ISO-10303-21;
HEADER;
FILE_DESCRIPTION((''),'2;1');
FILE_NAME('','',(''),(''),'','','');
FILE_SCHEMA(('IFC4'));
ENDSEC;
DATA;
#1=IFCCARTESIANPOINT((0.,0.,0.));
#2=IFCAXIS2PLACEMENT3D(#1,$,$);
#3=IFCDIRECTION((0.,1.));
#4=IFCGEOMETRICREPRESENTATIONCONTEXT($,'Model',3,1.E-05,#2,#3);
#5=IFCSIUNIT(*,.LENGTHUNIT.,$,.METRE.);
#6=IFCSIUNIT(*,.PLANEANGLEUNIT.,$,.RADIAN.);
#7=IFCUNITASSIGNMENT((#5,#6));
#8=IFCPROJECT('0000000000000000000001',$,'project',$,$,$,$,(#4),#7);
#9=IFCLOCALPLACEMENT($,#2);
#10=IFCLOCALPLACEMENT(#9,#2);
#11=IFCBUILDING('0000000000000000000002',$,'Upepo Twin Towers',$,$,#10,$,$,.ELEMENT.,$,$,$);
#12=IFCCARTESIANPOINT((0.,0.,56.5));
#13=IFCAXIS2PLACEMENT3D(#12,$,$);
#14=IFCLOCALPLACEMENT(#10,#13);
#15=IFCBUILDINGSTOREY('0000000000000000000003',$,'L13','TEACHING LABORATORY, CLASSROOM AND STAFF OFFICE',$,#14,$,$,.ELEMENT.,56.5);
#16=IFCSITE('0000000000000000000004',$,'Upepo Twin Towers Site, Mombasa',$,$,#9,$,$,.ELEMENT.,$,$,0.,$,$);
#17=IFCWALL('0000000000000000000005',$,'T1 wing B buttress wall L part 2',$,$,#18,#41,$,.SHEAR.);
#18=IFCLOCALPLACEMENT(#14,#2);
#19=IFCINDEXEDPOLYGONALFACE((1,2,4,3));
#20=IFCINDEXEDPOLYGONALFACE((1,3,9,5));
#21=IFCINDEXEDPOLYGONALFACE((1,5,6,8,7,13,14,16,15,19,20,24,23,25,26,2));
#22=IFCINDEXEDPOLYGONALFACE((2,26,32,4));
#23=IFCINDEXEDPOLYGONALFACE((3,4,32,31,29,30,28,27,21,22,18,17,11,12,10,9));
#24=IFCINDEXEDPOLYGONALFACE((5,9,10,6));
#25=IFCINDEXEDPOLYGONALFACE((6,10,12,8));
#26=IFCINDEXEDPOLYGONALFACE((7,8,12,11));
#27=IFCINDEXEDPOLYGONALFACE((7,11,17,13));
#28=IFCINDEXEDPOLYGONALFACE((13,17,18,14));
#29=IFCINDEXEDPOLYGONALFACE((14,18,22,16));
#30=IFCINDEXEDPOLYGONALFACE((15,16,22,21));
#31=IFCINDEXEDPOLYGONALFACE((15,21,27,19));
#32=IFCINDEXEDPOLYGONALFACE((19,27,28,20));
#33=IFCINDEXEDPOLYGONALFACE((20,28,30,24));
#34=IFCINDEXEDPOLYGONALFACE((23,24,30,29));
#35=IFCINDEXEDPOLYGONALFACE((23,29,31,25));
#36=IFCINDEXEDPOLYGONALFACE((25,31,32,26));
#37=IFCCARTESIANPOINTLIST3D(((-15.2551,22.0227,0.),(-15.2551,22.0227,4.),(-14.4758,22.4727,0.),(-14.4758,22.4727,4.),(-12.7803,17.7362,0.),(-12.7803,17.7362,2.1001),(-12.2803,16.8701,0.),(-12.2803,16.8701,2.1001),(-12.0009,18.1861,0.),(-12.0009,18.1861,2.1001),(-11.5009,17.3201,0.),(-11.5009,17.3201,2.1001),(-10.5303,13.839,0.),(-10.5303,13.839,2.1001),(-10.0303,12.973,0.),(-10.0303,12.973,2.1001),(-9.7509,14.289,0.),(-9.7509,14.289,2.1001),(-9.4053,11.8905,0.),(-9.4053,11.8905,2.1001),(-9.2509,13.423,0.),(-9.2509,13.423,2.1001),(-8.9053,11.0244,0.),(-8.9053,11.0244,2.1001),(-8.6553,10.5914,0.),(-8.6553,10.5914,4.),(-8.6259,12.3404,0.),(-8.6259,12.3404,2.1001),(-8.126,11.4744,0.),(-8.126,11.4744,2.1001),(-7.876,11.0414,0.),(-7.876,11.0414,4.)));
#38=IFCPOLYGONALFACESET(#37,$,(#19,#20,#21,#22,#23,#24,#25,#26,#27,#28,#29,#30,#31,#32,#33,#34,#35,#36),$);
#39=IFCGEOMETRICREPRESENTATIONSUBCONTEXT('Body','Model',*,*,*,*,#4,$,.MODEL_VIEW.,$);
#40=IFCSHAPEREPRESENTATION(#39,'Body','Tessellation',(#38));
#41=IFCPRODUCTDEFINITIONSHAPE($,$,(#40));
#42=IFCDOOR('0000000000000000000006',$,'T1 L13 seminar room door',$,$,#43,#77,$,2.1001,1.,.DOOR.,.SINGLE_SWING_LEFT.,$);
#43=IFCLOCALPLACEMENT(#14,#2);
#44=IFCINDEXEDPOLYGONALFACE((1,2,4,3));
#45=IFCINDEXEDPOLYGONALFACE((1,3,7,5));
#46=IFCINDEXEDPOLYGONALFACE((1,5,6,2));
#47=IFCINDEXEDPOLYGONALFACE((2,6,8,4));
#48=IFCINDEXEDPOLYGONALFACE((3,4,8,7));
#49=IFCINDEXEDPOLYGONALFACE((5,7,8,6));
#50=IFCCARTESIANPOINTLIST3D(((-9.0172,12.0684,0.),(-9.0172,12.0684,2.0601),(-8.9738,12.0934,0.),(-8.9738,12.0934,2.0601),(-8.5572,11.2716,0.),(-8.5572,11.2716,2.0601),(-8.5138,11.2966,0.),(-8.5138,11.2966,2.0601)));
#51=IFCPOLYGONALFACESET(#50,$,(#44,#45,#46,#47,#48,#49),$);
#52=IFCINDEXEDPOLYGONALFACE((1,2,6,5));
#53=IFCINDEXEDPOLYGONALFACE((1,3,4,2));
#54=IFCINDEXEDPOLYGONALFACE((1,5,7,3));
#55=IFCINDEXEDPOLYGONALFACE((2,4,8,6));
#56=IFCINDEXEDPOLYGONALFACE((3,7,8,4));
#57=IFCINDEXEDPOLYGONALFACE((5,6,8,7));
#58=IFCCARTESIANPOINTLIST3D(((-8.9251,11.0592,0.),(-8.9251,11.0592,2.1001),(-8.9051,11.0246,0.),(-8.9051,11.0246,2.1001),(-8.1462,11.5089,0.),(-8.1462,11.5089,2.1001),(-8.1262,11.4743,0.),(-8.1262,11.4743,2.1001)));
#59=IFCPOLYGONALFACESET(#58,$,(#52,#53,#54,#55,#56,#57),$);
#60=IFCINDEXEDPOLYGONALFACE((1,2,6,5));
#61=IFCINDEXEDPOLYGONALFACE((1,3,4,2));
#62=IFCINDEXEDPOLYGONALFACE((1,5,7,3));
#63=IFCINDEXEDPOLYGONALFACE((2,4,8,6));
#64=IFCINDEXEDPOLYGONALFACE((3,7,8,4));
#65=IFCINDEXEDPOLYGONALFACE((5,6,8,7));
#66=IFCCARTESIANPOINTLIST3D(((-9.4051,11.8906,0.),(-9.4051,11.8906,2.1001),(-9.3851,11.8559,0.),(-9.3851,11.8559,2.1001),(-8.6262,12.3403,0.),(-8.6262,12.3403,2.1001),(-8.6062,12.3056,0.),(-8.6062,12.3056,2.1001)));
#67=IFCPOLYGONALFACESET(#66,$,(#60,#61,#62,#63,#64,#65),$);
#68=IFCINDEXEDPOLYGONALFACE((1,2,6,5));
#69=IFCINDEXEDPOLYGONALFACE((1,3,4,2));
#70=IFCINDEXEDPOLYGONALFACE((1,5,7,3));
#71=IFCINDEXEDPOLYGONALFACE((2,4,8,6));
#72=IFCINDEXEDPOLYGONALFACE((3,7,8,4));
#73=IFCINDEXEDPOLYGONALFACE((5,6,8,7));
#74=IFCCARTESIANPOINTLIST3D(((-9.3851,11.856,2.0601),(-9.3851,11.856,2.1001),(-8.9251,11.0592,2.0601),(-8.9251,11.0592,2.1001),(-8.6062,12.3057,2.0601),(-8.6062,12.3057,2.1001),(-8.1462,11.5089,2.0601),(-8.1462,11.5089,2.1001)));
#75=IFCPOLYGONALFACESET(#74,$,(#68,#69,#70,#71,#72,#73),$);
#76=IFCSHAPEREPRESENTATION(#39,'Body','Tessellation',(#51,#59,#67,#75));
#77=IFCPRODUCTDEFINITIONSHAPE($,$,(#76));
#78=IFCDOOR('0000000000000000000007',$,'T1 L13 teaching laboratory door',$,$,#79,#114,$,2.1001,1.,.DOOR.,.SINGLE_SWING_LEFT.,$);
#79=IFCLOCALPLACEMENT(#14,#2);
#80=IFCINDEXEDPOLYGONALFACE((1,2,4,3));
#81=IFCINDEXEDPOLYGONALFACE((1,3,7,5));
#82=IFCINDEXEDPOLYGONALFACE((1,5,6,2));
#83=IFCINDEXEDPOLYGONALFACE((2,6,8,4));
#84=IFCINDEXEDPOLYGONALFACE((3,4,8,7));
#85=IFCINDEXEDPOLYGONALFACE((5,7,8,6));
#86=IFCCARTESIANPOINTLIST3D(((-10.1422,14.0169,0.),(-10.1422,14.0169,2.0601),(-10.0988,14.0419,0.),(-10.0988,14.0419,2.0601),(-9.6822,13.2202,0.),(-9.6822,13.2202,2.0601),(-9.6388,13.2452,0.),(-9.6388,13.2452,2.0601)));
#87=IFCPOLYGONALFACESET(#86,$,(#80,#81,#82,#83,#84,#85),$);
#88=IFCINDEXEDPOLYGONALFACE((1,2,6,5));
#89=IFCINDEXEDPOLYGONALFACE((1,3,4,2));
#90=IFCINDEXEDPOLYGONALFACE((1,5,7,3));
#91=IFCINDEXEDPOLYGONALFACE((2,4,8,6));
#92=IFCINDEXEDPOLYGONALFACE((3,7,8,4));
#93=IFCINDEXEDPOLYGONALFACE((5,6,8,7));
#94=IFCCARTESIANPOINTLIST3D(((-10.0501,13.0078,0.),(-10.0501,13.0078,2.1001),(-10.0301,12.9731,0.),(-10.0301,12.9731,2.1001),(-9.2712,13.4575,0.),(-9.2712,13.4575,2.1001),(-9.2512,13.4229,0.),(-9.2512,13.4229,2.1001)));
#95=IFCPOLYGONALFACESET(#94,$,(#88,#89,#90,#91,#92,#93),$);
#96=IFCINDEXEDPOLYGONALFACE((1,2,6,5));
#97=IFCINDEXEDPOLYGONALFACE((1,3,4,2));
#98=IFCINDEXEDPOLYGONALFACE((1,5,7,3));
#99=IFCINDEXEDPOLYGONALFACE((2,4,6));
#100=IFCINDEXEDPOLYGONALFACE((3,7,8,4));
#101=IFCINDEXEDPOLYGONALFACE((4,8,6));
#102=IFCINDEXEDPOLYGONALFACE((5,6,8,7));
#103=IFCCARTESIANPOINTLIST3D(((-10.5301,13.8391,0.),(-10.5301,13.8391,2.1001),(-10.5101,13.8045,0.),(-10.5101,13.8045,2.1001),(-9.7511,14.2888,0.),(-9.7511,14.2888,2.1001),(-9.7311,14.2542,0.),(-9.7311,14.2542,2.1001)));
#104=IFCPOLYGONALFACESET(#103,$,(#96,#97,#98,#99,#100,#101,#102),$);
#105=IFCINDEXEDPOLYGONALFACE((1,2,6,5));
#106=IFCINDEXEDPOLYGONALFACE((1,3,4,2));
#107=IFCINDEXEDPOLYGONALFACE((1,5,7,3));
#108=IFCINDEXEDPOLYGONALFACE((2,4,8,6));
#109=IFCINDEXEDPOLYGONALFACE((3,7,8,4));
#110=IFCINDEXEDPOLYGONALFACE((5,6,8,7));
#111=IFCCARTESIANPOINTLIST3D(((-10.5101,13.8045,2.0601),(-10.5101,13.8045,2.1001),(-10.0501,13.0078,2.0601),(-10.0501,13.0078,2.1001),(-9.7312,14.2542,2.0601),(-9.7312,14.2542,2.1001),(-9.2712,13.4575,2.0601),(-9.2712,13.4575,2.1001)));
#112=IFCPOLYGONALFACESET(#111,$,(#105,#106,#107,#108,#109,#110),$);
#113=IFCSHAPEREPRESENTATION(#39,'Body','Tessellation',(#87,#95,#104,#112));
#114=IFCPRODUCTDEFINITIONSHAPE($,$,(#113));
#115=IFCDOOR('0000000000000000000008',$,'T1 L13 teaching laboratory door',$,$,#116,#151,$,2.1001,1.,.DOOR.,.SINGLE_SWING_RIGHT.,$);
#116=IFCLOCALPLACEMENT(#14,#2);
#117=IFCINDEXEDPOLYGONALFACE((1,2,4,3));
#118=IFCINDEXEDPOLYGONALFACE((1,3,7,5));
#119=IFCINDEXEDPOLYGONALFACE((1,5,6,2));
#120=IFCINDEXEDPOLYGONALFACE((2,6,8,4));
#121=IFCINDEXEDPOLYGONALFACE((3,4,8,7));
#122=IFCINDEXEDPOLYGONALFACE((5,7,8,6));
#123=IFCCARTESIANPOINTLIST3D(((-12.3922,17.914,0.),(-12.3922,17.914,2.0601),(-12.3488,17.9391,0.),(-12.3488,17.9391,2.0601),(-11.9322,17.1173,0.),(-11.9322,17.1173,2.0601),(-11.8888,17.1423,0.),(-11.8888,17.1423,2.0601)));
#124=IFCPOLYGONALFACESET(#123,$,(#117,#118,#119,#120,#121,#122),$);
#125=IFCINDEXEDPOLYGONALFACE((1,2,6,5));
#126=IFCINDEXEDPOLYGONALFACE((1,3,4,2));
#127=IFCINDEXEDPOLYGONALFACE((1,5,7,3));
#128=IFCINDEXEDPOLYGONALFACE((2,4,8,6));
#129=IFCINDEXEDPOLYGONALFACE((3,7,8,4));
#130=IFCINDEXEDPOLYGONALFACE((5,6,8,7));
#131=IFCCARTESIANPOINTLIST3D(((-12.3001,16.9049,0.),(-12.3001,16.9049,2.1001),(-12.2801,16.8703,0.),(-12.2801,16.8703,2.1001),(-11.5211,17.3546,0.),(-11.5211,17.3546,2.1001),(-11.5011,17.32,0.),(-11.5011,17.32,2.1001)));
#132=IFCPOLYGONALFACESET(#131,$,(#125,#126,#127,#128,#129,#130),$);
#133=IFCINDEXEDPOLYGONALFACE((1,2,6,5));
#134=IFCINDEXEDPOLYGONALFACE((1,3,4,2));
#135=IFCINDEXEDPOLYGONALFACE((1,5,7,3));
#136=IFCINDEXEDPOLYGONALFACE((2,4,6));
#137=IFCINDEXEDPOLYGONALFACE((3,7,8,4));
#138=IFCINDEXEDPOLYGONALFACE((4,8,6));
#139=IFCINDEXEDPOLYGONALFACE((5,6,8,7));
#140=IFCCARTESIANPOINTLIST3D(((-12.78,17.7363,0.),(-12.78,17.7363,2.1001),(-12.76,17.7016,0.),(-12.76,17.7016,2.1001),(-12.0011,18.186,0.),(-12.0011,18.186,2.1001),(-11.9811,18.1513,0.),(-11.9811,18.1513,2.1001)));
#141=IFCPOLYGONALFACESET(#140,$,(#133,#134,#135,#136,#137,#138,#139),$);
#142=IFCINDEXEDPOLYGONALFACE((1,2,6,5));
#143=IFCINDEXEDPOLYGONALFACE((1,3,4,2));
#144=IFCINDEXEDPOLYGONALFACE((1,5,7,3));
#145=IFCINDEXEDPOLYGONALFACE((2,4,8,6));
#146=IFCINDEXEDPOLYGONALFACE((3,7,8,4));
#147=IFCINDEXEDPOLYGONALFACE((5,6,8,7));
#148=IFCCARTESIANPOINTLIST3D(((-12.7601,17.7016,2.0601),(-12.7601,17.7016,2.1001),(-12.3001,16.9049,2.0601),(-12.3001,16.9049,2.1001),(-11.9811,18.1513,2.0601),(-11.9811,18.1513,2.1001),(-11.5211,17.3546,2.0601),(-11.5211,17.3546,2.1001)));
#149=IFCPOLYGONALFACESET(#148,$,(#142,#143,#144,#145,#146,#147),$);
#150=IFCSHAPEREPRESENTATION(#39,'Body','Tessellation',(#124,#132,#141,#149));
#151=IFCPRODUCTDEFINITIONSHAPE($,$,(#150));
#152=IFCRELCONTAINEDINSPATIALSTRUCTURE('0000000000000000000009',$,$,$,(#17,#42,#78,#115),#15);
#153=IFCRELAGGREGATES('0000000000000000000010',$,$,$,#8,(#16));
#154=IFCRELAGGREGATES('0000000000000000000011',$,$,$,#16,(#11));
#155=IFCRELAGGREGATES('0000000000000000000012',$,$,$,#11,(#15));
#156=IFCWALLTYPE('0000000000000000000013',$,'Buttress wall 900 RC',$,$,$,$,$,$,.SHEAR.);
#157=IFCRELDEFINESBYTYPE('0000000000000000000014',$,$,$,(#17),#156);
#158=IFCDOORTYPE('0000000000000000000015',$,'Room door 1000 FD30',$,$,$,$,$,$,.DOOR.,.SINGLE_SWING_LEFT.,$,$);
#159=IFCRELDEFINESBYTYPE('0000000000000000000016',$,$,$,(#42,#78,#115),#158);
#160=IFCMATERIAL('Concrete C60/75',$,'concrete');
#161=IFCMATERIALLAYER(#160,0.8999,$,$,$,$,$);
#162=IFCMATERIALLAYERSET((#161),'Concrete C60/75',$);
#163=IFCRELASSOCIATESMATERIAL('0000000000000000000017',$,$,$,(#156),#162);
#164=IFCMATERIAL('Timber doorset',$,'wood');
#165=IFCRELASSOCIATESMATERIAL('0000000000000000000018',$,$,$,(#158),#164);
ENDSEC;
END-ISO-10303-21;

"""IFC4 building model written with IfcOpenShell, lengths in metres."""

from ifc_helpers import new_model, si_unit, direction, frame, frame_2d, origin, place, context, subcontext, project, spatial, rectangle, extrude, material, layer, layer_set, type_object, element, fill, save


model = new_model("IFC4")

# Units and contexts
model_context = context("Model", 3, precision=1e-05, world=origin(), true_north=direction((0.0, 1.0)))
body_context = subcontext(model_context, "Body", "Model", "MODEL_VIEW")
ifc_project = project(units=[si_unit("LENGTHUNIT", "METRE"), si_unit("PLANEANGLEUNIT", "RADIAN")], contexts=[model_context])

# Site, building, storey
site_placement = place(None, origin())
site = spatial("IfcSite", under=ifc_project, at=site_placement, Name="Upepo Twin Towers Site, Mombasa", CompositionType="ELEMENT", RefElevation=0.0)
building_placement = place(site_placement, origin())
building = spatial("IfcBuilding", under=site, at=building_placement, Name="Upepo Twin Towers", CompositionType="ELEMENT")
storey_placement = place(building_placement, frame((0.0, 0.0, 56.5)))
storey = spatial("IfcBuildingStorey", under=building, at=storey_placement, Name="L13", Description="TEACHING LABORATORY, CLASSROOM AND STAFF OFFICE", CompositionType="ELEMENT", Elevation=56.5)

# Wall, openings, doors
ifc_material_1 = material(Name="Concrete C60/75", Category="concrete")
ifc_layer_1 = layer(ifc_material_1, 0.8999)
ifc_layer_set_1 = layer_set([ifc_layer_1], Name="Concrete C60/75")
wall_type_1 = type_object("IfcWallType", Name="Buttress wall 900 RC", PredefinedType="SHEAR", material=ifc_layer_set_1)
wall_1_placement = place(storey_placement, frame((-8.2656, 10.8164, 0.0), z_axis=(0.0, 0.0, 1.0), x_axis=(-0.499996, 0.866028, 0.0)))
wall_1 = element("IfcWall", 1, at=wall_1_placement, inside=storey, type_object=wall_type_1, Name="T1 wing B buttress wall L part 2", PredefinedType="SHEAR", context=body_context, shape_type="SweptSolid", body=[
    extrude(rectangle(XDim=13.1997, YDim=0.8999, at=frame_2d((6.5999, 0.0))), origin(), (0.0, 0.0, 1.0), 4.0),
])
opening_1_placement = place(wall_1_placement, frame((0.5, 0.0, 0.0)))
opening_1 = element("IfcOpeningElement", 2, at=opening_1_placement, cuts=wall_1, PredefinedType="OPENING", context=body_context, shape_type="SweptSolid", body=[
    extrude(rectangle(XDim=1.0, YDim=2.1001, at=frame_2d((0.5, 1.05))), frame((0.0, 0.46, 0.0), z_axis=(0.0, -1.0, 0.0), x_axis=(1.0, 0.0, 0.0)), (0.0, 0.0, 1.0), 0.9199),
])
opening_2_placement = place(wall_1_placement, frame((2.75, 0.0, 0.0)))
opening_2 = element("IfcOpeningElement", 3, at=opening_2_placement, cuts=wall_1, PredefinedType="OPENING", context=body_context, shape_type="SweptSolid", body=[
    extrude(rectangle(XDim=1.0, YDim=2.1001, at=frame_2d((0.5, 1.05))), frame((0.0, 0.46, 0.0), z_axis=(0.0, -1.0, 0.0), x_axis=(1.0, 0.0, 0.0)), (0.0, 0.0, 1.0), 0.9199),
])
opening_3_placement = place(wall_1_placement, frame((7.25, 0.0, 0.0)))
opening_3 = element("IfcOpeningElement", 4, at=opening_3_placement, cuts=wall_1, PredefinedType="OPENING", context=body_context, shape_type="SweptSolid", body=[
    extrude(rectangle(XDim=1.0, YDim=2.1001, at=frame_2d((0.5, 1.05))), frame((0.0, 0.46, 0.0), z_axis=(0.0, -1.0, 0.0), x_axis=(1.0, 0.0, 0.0)), (0.0, 0.0, 1.0), 0.9199),
])
ifc_material_2 = material(Name="Timber doorset", Category="wood")
door_type = type_object("IfcDoorType", Name="Room door 1000 FD30", OperationType="SINGLE_SWING_LEFT", PredefinedType="DOOR", material=ifc_material_2)
door_1_placement = place(opening_1_placement, origin())
door_1 = element("IfcDoor", 5, at=door_1_placement, inside=storey, type_object=door_type, Name="T1 L13 seminar room door", OperationType="SINGLE_SWING_LEFT", OverallHeight=2.1001, OverallWidth=1.0, PredefinedType="DOOR", context=body_context, shape_type="SweptSolid", body=[
    extrude(rectangle(XDim=0.92, YDim=2.0601, at=frame_2d((0.5, 1.03))), frame((0.0, 0.0249, 0.0), z_axis=(0.0, -1.0, 0.0), x_axis=(1.0, 0.0, 0.0)), (0.0, 0.0, 1.0), 0.05),
    extrude(rectangle(XDim=0.04, YDim=2.1001, at=frame_2d((0.02, 1.05))), frame((0.0, 0.4497, 0.0), z_axis=(0.0, -1.0, 0.0), x_axis=(1.0, 0.0, 0.0)), (0.0, 0.0, 1.0), 0.8994),
    extrude(rectangle(XDim=0.04, YDim=2.1001, at=frame_2d((0.98, 1.05))), frame((0.0, 0.4497, 0.0), z_axis=(0.0, -1.0, 0.0), x_axis=(1.0, 0.0, 0.0)), (0.0, 0.0, 1.0), 0.8994),
    extrude(rectangle(XDim=0.92, YDim=0.04, at=frame_2d((0.5, 2.0801))), frame((0.0, 0.4497, 0.0), z_axis=(0.0, -1.0, 0.0), x_axis=(1.0, 0.0, 0.0)), (0.0, 0.0, 1.0), 0.8994),
])
fill(opening_1, door_1)
door_2_placement = place(opening_2_placement, origin())
door_2 = element("IfcDoor", 6, at=door_2_placement, inside=storey, type_object=door_type, Name="T1 L13 teaching laboratory door", OperationType="SINGLE_SWING_LEFT", OverallHeight=2.1001, OverallWidth=1.0, PredefinedType="DOOR", context=body_context, shape_type="SweptSolid", body=[
    extrude(rectangle(XDim=0.92, YDim=2.0601, at=frame_2d((0.5, 1.03))), frame((0.0, 0.0249, 0.0), z_axis=(0.0, -1.0, 0.0), x_axis=(1.0, 0.0, 0.0)), (0.0, 0.0, 1.0), 0.05),
    extrude(rectangle(XDim=0.04, YDim=2.1001, at=frame_2d((0.02, 1.05))), frame((0.0, 0.4497, 0.0), z_axis=(0.0, -1.0, 0.0), x_axis=(1.0, 0.0, 0.0)), (0.0, 0.0, 1.0), 0.8994),
    extrude(rectangle(XDim=0.04, YDim=2.1001, at=frame_2d((0.98, 1.05))), frame((0.0, 0.4497, 0.0), z_axis=(0.0, -1.0, 0.0), x_axis=(1.0, 0.0, 0.0)), (0.0, 0.0, 1.0), 0.8994),
    extrude(rectangle(XDim=0.92, YDim=0.04, at=frame_2d((0.5, 2.0801))), frame((0.0, 0.4497, 0.0), z_axis=(0.0, -1.0, 0.0), x_axis=(1.0, 0.0, 0.0)), (0.0, 0.0, 1.0), 0.8994),
])
fill(opening_2, door_2)
door_3_placement = place(opening_3_placement, origin())
door_3 = element("IfcDoor", 7, at=door_3_placement, inside=storey, type_object=door_type, Name="T1 L13 teaching laboratory door", OperationType="SINGLE_SWING_RIGHT", OverallHeight=2.1001, OverallWidth=1.0, PredefinedType="DOOR", context=body_context, shape_type="SweptSolid", body=[
    extrude(rectangle(XDim=0.92, YDim=2.0601, at=frame_2d((0.5, 1.03))), frame((0.0, 0.0249, 0.0), z_axis=(0.0, -1.0, 0.0), x_axis=(1.0, 0.0, 0.0)), (0.0, 0.0, 1.0), 0.05),
    extrude(rectangle(XDim=0.04, YDim=2.1001, at=frame_2d((0.02, 1.05))), frame((0.0, 0.4497, 0.0), z_axis=(0.0, -1.0, 0.0), x_axis=(1.0, 0.0, 0.0)), (0.0, 0.0, 1.0), 0.8994),
    extrude(rectangle(XDim=0.04, YDim=2.1001, at=frame_2d((0.98, 1.05))), frame((0.0, 0.4497, 0.0), z_axis=(0.0, -1.0, 0.0), x_axis=(1.0, 0.0, 0.0)), (0.0, 0.0, 1.0), 0.8994),
    extrude(rectangle(XDim=0.92, YDim=0.04, at=frame_2d((0.5, 2.0801))), frame((0.0, 0.4497, 0.0), z_axis=(0.0, -1.0, 0.0), x_axis=(1.0, 0.0, 0.0)), (0.0, 0.0, 1.0), 0.8994),
])
fill(opening_3, door_3)

save(model, "model.ifc")
